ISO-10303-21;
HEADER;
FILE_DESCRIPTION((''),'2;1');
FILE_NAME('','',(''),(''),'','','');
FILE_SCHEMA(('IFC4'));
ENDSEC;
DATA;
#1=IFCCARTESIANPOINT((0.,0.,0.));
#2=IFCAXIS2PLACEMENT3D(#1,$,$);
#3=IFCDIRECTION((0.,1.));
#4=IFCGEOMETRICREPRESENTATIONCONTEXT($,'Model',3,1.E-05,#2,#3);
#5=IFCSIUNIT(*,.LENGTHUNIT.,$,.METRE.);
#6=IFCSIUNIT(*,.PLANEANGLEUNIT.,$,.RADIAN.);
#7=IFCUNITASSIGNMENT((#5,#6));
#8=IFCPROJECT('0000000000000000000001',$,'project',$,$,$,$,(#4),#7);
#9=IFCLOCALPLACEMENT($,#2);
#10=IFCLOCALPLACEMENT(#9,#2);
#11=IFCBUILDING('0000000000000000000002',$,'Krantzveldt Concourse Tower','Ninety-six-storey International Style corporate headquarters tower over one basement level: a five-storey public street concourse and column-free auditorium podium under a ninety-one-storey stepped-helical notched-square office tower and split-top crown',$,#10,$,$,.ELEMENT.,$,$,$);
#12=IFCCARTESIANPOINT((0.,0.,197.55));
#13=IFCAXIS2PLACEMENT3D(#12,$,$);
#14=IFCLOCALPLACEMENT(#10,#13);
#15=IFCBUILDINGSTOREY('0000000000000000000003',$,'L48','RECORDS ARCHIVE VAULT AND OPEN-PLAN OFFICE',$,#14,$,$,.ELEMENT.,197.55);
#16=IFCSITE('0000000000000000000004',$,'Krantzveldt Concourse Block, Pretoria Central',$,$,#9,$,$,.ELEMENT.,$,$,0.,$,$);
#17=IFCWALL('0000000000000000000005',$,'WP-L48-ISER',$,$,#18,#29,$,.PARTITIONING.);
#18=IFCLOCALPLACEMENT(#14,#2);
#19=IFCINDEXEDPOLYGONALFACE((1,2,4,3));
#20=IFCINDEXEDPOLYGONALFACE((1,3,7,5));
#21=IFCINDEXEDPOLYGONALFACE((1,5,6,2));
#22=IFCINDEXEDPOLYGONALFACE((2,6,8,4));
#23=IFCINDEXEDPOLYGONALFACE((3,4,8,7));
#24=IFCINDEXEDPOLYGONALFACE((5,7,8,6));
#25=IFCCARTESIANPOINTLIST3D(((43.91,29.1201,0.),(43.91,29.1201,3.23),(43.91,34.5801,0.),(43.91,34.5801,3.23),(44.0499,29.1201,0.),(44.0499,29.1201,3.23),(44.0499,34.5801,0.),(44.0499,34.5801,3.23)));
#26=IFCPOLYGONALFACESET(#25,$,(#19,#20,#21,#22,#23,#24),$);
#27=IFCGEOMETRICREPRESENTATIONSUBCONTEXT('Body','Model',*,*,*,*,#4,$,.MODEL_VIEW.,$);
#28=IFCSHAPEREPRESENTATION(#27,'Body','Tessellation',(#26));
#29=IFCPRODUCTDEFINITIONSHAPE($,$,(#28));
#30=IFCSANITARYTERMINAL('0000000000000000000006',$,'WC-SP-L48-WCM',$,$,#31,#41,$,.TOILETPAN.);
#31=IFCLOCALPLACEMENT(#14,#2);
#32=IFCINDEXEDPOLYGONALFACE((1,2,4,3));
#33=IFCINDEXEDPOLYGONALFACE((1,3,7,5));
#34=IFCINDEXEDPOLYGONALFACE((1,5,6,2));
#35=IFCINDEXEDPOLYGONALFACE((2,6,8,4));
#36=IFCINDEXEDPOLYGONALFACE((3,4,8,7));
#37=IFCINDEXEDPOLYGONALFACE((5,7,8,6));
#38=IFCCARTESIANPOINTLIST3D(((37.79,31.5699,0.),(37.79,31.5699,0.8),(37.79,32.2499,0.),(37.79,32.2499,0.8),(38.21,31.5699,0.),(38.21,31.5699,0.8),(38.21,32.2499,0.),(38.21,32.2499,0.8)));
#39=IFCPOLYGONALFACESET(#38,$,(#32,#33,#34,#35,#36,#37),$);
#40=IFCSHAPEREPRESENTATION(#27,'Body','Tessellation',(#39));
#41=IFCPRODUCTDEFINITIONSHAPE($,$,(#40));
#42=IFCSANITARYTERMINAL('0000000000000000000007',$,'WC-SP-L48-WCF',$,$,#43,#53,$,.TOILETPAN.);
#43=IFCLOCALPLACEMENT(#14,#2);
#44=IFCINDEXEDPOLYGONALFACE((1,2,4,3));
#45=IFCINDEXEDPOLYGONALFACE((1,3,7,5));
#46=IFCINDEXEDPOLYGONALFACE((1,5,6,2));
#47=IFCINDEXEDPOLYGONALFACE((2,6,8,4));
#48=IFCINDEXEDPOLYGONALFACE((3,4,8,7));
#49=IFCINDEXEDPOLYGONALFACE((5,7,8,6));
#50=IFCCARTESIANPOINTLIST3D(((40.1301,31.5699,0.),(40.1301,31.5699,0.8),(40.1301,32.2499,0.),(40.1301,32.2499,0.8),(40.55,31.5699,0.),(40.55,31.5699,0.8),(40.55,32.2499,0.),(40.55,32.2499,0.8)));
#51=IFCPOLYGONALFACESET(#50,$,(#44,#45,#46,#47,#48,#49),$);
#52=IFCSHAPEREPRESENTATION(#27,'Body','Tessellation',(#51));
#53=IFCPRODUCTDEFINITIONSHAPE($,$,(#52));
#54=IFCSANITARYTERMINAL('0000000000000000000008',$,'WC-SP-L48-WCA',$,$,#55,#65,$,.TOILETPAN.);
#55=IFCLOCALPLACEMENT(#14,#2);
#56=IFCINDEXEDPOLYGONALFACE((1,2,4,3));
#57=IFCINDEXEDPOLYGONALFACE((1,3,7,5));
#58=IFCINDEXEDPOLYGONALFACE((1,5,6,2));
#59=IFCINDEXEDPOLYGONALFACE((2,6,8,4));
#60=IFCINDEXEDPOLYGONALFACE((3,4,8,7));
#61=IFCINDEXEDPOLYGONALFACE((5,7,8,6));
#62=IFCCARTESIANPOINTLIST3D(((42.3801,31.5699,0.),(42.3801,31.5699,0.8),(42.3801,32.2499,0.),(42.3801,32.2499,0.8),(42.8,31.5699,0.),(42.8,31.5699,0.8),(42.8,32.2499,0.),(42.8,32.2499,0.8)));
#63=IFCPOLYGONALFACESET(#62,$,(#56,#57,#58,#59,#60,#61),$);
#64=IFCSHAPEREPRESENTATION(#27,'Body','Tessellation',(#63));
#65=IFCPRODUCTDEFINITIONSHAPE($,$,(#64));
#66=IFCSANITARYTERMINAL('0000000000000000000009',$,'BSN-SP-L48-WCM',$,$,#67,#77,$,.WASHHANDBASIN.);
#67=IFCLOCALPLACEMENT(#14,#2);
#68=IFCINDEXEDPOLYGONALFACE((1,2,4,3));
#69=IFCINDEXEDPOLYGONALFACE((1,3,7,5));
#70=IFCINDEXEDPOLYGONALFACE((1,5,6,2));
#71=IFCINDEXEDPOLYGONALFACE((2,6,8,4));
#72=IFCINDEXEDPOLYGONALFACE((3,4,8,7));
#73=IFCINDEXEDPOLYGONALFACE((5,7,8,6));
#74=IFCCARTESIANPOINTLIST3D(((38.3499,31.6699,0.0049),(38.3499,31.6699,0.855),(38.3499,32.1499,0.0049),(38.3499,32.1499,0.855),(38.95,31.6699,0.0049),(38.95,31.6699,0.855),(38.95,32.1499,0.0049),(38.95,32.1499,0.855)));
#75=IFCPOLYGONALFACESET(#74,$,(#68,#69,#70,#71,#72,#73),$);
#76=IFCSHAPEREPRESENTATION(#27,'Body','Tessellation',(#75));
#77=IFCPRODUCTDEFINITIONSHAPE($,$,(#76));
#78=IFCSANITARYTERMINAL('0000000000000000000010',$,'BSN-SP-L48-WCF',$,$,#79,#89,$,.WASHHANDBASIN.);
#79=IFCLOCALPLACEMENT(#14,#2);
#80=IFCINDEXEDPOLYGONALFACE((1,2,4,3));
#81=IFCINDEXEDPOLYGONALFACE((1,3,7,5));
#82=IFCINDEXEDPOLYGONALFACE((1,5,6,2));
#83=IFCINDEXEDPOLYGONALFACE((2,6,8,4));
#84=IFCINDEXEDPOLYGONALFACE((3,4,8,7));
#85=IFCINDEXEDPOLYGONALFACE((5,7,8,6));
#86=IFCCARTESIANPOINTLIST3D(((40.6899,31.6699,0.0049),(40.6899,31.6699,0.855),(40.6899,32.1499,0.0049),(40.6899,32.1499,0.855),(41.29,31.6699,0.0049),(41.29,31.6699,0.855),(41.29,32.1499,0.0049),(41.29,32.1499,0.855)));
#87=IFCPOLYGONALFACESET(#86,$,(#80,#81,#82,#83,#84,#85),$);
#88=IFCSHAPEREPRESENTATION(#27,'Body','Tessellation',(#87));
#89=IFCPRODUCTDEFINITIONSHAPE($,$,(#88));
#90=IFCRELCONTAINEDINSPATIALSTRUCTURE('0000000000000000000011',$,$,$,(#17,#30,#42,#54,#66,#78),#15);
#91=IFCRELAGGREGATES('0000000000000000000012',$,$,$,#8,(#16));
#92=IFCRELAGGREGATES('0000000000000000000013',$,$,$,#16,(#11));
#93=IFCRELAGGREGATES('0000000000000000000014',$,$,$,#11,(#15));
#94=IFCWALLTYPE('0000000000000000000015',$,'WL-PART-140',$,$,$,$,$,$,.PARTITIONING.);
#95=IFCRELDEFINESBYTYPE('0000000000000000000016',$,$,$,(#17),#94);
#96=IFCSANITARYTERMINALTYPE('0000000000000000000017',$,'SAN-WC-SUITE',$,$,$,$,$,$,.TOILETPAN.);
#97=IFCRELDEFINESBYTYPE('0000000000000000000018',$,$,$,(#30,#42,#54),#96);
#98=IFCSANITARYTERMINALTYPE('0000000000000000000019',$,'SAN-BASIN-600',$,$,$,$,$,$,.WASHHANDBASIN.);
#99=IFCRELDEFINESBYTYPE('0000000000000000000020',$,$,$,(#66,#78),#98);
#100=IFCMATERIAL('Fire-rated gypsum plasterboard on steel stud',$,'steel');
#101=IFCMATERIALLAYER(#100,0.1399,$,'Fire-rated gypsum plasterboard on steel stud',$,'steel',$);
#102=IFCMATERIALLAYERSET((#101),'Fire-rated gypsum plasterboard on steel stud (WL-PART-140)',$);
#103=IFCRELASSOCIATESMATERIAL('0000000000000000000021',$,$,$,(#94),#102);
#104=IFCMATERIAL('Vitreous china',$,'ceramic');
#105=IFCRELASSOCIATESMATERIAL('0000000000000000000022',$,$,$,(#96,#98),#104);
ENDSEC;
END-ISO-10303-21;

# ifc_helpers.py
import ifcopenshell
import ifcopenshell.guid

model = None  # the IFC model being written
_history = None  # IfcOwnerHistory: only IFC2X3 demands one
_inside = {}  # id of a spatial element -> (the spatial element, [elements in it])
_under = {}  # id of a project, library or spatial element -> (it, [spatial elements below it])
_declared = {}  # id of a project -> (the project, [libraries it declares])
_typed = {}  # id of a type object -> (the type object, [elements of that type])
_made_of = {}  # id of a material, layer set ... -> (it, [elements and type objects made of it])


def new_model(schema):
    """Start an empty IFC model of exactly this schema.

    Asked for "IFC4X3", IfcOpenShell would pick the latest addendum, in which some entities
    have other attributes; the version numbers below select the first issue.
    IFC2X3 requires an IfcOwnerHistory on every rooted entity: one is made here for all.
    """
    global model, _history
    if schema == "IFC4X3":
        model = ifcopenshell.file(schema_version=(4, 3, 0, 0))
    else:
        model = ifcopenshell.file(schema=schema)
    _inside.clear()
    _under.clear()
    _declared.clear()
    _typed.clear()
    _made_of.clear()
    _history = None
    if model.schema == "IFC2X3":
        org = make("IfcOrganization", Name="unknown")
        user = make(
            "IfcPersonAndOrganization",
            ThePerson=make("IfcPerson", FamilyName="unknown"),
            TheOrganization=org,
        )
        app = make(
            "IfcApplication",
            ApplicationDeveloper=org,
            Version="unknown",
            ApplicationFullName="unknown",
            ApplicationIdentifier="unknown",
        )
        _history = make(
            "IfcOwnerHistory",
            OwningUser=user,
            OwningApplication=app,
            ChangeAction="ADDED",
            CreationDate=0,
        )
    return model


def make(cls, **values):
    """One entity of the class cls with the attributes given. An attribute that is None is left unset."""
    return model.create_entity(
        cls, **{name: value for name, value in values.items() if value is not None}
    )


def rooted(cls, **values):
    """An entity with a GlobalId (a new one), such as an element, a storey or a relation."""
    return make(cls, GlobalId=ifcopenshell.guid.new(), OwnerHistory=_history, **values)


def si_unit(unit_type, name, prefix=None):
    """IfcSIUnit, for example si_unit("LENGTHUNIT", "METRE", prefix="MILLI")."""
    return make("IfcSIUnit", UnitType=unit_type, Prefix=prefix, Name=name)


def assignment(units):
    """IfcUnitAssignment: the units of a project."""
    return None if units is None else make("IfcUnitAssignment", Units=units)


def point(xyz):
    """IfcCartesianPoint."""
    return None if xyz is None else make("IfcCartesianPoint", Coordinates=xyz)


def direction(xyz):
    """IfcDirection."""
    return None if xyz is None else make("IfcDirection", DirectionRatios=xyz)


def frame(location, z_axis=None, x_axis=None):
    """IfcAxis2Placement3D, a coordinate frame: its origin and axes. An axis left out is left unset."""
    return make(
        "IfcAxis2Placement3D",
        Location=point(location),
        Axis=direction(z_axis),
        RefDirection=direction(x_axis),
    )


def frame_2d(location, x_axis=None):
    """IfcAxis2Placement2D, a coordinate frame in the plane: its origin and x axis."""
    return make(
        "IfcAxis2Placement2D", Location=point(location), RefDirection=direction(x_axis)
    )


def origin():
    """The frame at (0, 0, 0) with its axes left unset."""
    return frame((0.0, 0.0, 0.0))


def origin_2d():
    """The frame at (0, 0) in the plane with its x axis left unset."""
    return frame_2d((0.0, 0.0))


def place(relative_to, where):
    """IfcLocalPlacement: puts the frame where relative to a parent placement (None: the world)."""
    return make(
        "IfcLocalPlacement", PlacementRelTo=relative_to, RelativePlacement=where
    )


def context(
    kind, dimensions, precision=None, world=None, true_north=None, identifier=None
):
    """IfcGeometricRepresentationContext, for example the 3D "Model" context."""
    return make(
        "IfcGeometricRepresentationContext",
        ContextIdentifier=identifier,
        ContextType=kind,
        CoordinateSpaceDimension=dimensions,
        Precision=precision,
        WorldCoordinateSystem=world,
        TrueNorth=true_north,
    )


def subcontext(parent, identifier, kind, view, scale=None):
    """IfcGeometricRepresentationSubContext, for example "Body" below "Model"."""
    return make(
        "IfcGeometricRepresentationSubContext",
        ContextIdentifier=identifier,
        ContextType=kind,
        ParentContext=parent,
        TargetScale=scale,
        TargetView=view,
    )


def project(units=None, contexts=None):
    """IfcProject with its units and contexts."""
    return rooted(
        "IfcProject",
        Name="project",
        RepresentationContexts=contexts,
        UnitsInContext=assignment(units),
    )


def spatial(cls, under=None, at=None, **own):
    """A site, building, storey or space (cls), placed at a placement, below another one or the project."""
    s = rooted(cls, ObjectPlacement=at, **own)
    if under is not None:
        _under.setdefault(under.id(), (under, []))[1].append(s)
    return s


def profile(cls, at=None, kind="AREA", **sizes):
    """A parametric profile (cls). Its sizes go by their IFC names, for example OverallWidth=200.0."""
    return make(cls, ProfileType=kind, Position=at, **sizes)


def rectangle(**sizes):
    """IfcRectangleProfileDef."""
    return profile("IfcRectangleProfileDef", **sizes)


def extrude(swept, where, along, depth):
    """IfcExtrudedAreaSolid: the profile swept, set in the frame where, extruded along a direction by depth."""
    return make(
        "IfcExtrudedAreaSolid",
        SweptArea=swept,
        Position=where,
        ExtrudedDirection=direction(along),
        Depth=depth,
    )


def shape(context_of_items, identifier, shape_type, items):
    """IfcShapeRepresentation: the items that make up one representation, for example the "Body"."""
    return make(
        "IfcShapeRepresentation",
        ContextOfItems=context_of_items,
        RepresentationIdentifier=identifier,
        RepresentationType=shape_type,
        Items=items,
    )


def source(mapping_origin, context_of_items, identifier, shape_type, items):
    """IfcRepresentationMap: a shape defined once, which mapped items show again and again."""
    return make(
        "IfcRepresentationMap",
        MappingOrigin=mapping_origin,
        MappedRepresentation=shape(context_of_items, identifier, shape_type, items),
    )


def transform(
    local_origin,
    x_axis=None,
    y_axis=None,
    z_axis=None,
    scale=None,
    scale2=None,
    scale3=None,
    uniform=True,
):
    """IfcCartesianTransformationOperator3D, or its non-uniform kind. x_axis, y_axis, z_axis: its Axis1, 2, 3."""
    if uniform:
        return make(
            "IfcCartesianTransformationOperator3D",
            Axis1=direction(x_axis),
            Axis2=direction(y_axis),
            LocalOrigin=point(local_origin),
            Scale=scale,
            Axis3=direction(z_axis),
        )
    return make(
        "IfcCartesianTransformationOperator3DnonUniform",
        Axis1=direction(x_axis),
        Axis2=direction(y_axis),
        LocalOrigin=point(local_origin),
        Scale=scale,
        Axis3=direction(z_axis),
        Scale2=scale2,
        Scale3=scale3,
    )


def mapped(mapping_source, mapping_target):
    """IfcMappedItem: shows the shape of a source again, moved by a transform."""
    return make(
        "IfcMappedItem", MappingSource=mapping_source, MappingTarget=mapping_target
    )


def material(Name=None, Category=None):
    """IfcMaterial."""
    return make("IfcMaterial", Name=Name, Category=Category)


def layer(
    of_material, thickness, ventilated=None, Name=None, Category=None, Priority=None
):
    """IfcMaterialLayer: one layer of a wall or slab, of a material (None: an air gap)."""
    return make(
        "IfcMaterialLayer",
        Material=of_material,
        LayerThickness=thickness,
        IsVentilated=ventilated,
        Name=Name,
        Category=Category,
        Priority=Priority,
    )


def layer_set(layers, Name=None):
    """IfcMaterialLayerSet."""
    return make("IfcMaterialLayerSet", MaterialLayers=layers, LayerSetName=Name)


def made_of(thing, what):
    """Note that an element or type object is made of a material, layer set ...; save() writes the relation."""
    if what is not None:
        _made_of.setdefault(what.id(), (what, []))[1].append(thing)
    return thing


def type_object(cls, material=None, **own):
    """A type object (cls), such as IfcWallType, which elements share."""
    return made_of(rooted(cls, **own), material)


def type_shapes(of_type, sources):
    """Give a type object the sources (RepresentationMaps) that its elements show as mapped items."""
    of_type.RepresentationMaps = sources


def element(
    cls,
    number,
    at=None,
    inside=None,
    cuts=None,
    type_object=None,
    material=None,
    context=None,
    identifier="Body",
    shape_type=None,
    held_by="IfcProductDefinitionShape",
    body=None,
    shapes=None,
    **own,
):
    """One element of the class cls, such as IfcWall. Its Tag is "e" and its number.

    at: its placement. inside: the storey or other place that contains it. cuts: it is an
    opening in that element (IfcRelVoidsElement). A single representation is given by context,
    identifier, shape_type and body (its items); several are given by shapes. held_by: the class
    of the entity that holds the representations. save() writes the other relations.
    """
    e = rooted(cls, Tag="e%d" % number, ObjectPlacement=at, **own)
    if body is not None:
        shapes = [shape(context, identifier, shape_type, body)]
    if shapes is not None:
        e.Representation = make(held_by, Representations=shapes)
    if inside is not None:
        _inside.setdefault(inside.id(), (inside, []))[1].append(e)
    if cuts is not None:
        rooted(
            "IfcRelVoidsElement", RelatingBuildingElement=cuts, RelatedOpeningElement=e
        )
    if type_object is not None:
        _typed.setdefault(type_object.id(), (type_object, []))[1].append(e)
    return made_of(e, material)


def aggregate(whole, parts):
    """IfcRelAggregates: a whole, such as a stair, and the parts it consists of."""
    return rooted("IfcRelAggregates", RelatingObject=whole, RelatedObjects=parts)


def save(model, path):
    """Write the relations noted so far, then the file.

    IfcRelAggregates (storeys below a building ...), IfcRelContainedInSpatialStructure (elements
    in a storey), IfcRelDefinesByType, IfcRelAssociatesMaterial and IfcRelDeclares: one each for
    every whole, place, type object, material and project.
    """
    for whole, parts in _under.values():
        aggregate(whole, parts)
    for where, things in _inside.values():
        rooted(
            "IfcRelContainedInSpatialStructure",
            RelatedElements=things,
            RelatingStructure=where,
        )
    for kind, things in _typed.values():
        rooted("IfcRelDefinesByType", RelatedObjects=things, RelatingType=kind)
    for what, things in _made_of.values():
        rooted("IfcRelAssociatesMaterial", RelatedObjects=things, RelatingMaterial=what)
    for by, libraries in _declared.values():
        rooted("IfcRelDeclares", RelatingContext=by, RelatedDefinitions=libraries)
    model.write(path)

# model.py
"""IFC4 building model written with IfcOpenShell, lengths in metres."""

from ifc_helpers import new_model, si_unit, direction, frame, frame_2d, origin, origin_2d, place, context, subcontext, project, spatial, rectangle, extrude, source, transform, mapped, material, layer, layer_set, type_object, type_shapes, element, save


model = new_model("IFC4")

# Units and contexts
model_context = context("Model", 3, precision=1e-05, world=origin(), true_north=direction((0.0, 1.0)))
body_context = subcontext(model_context, "Body", "Model", "MODEL_VIEW")
ifc_project = project(units=[si_unit("LENGTHUNIT", "METRE"), si_unit("PLANEANGLEUNIT", "RADIAN")], contexts=[model_context])

# Site, building, storey
site_placement = place(None, origin())
site = spatial("IfcSite", under=ifc_project, at=site_placement, Name="Krantzveldt Concourse Block, Pretoria Central", CompositionType="ELEMENT", RefElevation=0.0)
building_placement = place(site_placement, origin())
building = spatial("IfcBuilding", under=site, at=building_placement, Name="Krantzveldt Concourse Tower", Description="Ninety-six-storey International Style corporate headquarters tower over one basement level: a five-storey public street concourse and column-free auditorium podium under a ninety-one-storey stepped-helical notched-square office tower and split-top crown", CompositionType="ELEMENT")
storey_placement = place(building_placement, frame((0.0, 0.0, 197.55)))
storey = spatial("IfcBuildingStorey", under=building, at=storey_placement, Name="L48", Description="RECORDS ARCHIVE VAULT AND OPEN-PLAN OFFICE", CompositionType="ELEMENT", Elevation=197.55)

# Shared definitions
ifc_material_1 = material(Name="Fire-rated gypsum plasterboard on steel stud", Category="steel")

# Shared definitions
ifc_layer_1 = layer(ifc_material_1, 0.1399, Name="Fire-rated gypsum plasterboard on steel stud", Category="steel")
ifc_layer_set_1 = layer_set([ifc_layer_1], Name="Fire-rated gypsum plasterboard on steel stud (WL-PART-140)")
wall_type_1 = type_object("IfcWallType", Name="WL-PART-140", PredefinedType="PARTITIONING", material=ifc_layer_set_1)

# Wall
wall_1_placement = place(storey_placement, frame((43.98, 29.1201, 0.0), z_axis=(0.0, 0.0, 1.0), x_axis=(0.0, 1.0, 0.0)))
element("IfcWall", 1, at=wall_1_placement, inside=storey, type_object=wall_type_1, Name="WP-L48-ISER", PredefinedType="PARTITIONING", context=body_context, shape_type="SweptSolid", body=[
    extrude(rectangle(XDim=5.46, YDim=0.1399, at=frame_2d((2.73, 0.0))), origin(), (0.0, 0.0, 1.0), 3.23),
])

# Sanitary terminals
ifc_material_2 = material(Name="Vitreous china", Category="ceramic")
sanitary_terminal_type_1 = type_object("IfcSanitaryTerminalType", Name="SAN-WC-SUITE", PredefinedType="TOILETPAN", material=ifc_material_2)
shared_shape_1 = source(origin(), body_context, "Body", "SweptSolid", [
    extrude(rectangle(XDim=0.4199, YDim=0.6799, at=origin_2d()), origin(), (0.0, 0.0, 1.0), 0.8),
])
type_shapes(sanitary_terminal_type_1, [shared_shape_1])
for number, where, z_axis, x_axis, name in (
    (2, (38.0, 31.9099, 0.0), (0.0, 0.0, 1.0), (1.0, 0.0, 0.0), "WC-SP-L48-WCM"),
    (3, (40.3401, 31.9099, 0.0), (0.0, 0.0, 1.0), (1.0, 0.0, 0.0), "WC-SP-L48-WCF"),
    (4, (42.5901, 31.9099, 0.0), (0.0, 0.0, 1.0), (1.0, 0.0, 0.0), "WC-SP-L48-WCA"),
):
    element("IfcSanitaryTerminal", number, at=place(storey_placement, frame(where, z_axis=z_axis, x_axis=x_axis)), inside=storey, type_object=sanitary_terminal_type_1, Name=name, PredefinedType="TOILETPAN", context=body_context, shape_type="MappedRepresentation", body=[
        mapped(shared_shape_1, transform((0.0, 0.0, 0.0), x_axis=(1.0, 0.0, 0.0), y_axis=(0.0, 1.0, 0.0), z_axis=(0.0, 0.0, 1.0), scale=1.0)),
    ])
sanitary_terminal_type_2 = type_object("IfcSanitaryTerminalType", Name="SAN-BASIN-600", PredefinedType="WASHHANDBASIN", material=ifc_material_2)
shared_shape_2 = source(origin(), body_context, "Body", "SweptSolid", [
    extrude(rectangle(XDim=0.6001, YDim=0.48, at=origin_2d()), origin(), (0.0, 0.0, 1.0), 0.8501),
])
type_shapes(sanitary_terminal_type_2, [shared_shape_2])
for number, where, z_axis, x_axis, name in (
    (5, (38.6499, 31.9099, 0.0049), (0.0, 0.0, 1.0), (1.0, 0.0, 0.0), "BSN-SP-L48-WCM"),
    (6, (40.99, 31.9099, 0.0049), (0.0, 0.0, 1.0), (1.0, 0.0, 0.0), "BSN-SP-L48-WCF"),
):
    element("IfcSanitaryTerminal", number, at=place(storey_placement, frame(where, z_axis=z_axis, x_axis=x_axis)), inside=storey, type_object=sanitary_terminal_type_2, Name=name, PredefinedType="WASHHANDBASIN", context=body_context, shape_type="MappedRepresentation", body=[
        mapped(shared_shape_2, transform((0.0, 0.0, 0.0), x_axis=(1.0, 0.0, 0.0), y_axis=(0.0, 1.0, 0.0), z_axis=(0.0, 0.0, 1.0), scale=1.0)),
    ])

save(model, "model.ifc")
